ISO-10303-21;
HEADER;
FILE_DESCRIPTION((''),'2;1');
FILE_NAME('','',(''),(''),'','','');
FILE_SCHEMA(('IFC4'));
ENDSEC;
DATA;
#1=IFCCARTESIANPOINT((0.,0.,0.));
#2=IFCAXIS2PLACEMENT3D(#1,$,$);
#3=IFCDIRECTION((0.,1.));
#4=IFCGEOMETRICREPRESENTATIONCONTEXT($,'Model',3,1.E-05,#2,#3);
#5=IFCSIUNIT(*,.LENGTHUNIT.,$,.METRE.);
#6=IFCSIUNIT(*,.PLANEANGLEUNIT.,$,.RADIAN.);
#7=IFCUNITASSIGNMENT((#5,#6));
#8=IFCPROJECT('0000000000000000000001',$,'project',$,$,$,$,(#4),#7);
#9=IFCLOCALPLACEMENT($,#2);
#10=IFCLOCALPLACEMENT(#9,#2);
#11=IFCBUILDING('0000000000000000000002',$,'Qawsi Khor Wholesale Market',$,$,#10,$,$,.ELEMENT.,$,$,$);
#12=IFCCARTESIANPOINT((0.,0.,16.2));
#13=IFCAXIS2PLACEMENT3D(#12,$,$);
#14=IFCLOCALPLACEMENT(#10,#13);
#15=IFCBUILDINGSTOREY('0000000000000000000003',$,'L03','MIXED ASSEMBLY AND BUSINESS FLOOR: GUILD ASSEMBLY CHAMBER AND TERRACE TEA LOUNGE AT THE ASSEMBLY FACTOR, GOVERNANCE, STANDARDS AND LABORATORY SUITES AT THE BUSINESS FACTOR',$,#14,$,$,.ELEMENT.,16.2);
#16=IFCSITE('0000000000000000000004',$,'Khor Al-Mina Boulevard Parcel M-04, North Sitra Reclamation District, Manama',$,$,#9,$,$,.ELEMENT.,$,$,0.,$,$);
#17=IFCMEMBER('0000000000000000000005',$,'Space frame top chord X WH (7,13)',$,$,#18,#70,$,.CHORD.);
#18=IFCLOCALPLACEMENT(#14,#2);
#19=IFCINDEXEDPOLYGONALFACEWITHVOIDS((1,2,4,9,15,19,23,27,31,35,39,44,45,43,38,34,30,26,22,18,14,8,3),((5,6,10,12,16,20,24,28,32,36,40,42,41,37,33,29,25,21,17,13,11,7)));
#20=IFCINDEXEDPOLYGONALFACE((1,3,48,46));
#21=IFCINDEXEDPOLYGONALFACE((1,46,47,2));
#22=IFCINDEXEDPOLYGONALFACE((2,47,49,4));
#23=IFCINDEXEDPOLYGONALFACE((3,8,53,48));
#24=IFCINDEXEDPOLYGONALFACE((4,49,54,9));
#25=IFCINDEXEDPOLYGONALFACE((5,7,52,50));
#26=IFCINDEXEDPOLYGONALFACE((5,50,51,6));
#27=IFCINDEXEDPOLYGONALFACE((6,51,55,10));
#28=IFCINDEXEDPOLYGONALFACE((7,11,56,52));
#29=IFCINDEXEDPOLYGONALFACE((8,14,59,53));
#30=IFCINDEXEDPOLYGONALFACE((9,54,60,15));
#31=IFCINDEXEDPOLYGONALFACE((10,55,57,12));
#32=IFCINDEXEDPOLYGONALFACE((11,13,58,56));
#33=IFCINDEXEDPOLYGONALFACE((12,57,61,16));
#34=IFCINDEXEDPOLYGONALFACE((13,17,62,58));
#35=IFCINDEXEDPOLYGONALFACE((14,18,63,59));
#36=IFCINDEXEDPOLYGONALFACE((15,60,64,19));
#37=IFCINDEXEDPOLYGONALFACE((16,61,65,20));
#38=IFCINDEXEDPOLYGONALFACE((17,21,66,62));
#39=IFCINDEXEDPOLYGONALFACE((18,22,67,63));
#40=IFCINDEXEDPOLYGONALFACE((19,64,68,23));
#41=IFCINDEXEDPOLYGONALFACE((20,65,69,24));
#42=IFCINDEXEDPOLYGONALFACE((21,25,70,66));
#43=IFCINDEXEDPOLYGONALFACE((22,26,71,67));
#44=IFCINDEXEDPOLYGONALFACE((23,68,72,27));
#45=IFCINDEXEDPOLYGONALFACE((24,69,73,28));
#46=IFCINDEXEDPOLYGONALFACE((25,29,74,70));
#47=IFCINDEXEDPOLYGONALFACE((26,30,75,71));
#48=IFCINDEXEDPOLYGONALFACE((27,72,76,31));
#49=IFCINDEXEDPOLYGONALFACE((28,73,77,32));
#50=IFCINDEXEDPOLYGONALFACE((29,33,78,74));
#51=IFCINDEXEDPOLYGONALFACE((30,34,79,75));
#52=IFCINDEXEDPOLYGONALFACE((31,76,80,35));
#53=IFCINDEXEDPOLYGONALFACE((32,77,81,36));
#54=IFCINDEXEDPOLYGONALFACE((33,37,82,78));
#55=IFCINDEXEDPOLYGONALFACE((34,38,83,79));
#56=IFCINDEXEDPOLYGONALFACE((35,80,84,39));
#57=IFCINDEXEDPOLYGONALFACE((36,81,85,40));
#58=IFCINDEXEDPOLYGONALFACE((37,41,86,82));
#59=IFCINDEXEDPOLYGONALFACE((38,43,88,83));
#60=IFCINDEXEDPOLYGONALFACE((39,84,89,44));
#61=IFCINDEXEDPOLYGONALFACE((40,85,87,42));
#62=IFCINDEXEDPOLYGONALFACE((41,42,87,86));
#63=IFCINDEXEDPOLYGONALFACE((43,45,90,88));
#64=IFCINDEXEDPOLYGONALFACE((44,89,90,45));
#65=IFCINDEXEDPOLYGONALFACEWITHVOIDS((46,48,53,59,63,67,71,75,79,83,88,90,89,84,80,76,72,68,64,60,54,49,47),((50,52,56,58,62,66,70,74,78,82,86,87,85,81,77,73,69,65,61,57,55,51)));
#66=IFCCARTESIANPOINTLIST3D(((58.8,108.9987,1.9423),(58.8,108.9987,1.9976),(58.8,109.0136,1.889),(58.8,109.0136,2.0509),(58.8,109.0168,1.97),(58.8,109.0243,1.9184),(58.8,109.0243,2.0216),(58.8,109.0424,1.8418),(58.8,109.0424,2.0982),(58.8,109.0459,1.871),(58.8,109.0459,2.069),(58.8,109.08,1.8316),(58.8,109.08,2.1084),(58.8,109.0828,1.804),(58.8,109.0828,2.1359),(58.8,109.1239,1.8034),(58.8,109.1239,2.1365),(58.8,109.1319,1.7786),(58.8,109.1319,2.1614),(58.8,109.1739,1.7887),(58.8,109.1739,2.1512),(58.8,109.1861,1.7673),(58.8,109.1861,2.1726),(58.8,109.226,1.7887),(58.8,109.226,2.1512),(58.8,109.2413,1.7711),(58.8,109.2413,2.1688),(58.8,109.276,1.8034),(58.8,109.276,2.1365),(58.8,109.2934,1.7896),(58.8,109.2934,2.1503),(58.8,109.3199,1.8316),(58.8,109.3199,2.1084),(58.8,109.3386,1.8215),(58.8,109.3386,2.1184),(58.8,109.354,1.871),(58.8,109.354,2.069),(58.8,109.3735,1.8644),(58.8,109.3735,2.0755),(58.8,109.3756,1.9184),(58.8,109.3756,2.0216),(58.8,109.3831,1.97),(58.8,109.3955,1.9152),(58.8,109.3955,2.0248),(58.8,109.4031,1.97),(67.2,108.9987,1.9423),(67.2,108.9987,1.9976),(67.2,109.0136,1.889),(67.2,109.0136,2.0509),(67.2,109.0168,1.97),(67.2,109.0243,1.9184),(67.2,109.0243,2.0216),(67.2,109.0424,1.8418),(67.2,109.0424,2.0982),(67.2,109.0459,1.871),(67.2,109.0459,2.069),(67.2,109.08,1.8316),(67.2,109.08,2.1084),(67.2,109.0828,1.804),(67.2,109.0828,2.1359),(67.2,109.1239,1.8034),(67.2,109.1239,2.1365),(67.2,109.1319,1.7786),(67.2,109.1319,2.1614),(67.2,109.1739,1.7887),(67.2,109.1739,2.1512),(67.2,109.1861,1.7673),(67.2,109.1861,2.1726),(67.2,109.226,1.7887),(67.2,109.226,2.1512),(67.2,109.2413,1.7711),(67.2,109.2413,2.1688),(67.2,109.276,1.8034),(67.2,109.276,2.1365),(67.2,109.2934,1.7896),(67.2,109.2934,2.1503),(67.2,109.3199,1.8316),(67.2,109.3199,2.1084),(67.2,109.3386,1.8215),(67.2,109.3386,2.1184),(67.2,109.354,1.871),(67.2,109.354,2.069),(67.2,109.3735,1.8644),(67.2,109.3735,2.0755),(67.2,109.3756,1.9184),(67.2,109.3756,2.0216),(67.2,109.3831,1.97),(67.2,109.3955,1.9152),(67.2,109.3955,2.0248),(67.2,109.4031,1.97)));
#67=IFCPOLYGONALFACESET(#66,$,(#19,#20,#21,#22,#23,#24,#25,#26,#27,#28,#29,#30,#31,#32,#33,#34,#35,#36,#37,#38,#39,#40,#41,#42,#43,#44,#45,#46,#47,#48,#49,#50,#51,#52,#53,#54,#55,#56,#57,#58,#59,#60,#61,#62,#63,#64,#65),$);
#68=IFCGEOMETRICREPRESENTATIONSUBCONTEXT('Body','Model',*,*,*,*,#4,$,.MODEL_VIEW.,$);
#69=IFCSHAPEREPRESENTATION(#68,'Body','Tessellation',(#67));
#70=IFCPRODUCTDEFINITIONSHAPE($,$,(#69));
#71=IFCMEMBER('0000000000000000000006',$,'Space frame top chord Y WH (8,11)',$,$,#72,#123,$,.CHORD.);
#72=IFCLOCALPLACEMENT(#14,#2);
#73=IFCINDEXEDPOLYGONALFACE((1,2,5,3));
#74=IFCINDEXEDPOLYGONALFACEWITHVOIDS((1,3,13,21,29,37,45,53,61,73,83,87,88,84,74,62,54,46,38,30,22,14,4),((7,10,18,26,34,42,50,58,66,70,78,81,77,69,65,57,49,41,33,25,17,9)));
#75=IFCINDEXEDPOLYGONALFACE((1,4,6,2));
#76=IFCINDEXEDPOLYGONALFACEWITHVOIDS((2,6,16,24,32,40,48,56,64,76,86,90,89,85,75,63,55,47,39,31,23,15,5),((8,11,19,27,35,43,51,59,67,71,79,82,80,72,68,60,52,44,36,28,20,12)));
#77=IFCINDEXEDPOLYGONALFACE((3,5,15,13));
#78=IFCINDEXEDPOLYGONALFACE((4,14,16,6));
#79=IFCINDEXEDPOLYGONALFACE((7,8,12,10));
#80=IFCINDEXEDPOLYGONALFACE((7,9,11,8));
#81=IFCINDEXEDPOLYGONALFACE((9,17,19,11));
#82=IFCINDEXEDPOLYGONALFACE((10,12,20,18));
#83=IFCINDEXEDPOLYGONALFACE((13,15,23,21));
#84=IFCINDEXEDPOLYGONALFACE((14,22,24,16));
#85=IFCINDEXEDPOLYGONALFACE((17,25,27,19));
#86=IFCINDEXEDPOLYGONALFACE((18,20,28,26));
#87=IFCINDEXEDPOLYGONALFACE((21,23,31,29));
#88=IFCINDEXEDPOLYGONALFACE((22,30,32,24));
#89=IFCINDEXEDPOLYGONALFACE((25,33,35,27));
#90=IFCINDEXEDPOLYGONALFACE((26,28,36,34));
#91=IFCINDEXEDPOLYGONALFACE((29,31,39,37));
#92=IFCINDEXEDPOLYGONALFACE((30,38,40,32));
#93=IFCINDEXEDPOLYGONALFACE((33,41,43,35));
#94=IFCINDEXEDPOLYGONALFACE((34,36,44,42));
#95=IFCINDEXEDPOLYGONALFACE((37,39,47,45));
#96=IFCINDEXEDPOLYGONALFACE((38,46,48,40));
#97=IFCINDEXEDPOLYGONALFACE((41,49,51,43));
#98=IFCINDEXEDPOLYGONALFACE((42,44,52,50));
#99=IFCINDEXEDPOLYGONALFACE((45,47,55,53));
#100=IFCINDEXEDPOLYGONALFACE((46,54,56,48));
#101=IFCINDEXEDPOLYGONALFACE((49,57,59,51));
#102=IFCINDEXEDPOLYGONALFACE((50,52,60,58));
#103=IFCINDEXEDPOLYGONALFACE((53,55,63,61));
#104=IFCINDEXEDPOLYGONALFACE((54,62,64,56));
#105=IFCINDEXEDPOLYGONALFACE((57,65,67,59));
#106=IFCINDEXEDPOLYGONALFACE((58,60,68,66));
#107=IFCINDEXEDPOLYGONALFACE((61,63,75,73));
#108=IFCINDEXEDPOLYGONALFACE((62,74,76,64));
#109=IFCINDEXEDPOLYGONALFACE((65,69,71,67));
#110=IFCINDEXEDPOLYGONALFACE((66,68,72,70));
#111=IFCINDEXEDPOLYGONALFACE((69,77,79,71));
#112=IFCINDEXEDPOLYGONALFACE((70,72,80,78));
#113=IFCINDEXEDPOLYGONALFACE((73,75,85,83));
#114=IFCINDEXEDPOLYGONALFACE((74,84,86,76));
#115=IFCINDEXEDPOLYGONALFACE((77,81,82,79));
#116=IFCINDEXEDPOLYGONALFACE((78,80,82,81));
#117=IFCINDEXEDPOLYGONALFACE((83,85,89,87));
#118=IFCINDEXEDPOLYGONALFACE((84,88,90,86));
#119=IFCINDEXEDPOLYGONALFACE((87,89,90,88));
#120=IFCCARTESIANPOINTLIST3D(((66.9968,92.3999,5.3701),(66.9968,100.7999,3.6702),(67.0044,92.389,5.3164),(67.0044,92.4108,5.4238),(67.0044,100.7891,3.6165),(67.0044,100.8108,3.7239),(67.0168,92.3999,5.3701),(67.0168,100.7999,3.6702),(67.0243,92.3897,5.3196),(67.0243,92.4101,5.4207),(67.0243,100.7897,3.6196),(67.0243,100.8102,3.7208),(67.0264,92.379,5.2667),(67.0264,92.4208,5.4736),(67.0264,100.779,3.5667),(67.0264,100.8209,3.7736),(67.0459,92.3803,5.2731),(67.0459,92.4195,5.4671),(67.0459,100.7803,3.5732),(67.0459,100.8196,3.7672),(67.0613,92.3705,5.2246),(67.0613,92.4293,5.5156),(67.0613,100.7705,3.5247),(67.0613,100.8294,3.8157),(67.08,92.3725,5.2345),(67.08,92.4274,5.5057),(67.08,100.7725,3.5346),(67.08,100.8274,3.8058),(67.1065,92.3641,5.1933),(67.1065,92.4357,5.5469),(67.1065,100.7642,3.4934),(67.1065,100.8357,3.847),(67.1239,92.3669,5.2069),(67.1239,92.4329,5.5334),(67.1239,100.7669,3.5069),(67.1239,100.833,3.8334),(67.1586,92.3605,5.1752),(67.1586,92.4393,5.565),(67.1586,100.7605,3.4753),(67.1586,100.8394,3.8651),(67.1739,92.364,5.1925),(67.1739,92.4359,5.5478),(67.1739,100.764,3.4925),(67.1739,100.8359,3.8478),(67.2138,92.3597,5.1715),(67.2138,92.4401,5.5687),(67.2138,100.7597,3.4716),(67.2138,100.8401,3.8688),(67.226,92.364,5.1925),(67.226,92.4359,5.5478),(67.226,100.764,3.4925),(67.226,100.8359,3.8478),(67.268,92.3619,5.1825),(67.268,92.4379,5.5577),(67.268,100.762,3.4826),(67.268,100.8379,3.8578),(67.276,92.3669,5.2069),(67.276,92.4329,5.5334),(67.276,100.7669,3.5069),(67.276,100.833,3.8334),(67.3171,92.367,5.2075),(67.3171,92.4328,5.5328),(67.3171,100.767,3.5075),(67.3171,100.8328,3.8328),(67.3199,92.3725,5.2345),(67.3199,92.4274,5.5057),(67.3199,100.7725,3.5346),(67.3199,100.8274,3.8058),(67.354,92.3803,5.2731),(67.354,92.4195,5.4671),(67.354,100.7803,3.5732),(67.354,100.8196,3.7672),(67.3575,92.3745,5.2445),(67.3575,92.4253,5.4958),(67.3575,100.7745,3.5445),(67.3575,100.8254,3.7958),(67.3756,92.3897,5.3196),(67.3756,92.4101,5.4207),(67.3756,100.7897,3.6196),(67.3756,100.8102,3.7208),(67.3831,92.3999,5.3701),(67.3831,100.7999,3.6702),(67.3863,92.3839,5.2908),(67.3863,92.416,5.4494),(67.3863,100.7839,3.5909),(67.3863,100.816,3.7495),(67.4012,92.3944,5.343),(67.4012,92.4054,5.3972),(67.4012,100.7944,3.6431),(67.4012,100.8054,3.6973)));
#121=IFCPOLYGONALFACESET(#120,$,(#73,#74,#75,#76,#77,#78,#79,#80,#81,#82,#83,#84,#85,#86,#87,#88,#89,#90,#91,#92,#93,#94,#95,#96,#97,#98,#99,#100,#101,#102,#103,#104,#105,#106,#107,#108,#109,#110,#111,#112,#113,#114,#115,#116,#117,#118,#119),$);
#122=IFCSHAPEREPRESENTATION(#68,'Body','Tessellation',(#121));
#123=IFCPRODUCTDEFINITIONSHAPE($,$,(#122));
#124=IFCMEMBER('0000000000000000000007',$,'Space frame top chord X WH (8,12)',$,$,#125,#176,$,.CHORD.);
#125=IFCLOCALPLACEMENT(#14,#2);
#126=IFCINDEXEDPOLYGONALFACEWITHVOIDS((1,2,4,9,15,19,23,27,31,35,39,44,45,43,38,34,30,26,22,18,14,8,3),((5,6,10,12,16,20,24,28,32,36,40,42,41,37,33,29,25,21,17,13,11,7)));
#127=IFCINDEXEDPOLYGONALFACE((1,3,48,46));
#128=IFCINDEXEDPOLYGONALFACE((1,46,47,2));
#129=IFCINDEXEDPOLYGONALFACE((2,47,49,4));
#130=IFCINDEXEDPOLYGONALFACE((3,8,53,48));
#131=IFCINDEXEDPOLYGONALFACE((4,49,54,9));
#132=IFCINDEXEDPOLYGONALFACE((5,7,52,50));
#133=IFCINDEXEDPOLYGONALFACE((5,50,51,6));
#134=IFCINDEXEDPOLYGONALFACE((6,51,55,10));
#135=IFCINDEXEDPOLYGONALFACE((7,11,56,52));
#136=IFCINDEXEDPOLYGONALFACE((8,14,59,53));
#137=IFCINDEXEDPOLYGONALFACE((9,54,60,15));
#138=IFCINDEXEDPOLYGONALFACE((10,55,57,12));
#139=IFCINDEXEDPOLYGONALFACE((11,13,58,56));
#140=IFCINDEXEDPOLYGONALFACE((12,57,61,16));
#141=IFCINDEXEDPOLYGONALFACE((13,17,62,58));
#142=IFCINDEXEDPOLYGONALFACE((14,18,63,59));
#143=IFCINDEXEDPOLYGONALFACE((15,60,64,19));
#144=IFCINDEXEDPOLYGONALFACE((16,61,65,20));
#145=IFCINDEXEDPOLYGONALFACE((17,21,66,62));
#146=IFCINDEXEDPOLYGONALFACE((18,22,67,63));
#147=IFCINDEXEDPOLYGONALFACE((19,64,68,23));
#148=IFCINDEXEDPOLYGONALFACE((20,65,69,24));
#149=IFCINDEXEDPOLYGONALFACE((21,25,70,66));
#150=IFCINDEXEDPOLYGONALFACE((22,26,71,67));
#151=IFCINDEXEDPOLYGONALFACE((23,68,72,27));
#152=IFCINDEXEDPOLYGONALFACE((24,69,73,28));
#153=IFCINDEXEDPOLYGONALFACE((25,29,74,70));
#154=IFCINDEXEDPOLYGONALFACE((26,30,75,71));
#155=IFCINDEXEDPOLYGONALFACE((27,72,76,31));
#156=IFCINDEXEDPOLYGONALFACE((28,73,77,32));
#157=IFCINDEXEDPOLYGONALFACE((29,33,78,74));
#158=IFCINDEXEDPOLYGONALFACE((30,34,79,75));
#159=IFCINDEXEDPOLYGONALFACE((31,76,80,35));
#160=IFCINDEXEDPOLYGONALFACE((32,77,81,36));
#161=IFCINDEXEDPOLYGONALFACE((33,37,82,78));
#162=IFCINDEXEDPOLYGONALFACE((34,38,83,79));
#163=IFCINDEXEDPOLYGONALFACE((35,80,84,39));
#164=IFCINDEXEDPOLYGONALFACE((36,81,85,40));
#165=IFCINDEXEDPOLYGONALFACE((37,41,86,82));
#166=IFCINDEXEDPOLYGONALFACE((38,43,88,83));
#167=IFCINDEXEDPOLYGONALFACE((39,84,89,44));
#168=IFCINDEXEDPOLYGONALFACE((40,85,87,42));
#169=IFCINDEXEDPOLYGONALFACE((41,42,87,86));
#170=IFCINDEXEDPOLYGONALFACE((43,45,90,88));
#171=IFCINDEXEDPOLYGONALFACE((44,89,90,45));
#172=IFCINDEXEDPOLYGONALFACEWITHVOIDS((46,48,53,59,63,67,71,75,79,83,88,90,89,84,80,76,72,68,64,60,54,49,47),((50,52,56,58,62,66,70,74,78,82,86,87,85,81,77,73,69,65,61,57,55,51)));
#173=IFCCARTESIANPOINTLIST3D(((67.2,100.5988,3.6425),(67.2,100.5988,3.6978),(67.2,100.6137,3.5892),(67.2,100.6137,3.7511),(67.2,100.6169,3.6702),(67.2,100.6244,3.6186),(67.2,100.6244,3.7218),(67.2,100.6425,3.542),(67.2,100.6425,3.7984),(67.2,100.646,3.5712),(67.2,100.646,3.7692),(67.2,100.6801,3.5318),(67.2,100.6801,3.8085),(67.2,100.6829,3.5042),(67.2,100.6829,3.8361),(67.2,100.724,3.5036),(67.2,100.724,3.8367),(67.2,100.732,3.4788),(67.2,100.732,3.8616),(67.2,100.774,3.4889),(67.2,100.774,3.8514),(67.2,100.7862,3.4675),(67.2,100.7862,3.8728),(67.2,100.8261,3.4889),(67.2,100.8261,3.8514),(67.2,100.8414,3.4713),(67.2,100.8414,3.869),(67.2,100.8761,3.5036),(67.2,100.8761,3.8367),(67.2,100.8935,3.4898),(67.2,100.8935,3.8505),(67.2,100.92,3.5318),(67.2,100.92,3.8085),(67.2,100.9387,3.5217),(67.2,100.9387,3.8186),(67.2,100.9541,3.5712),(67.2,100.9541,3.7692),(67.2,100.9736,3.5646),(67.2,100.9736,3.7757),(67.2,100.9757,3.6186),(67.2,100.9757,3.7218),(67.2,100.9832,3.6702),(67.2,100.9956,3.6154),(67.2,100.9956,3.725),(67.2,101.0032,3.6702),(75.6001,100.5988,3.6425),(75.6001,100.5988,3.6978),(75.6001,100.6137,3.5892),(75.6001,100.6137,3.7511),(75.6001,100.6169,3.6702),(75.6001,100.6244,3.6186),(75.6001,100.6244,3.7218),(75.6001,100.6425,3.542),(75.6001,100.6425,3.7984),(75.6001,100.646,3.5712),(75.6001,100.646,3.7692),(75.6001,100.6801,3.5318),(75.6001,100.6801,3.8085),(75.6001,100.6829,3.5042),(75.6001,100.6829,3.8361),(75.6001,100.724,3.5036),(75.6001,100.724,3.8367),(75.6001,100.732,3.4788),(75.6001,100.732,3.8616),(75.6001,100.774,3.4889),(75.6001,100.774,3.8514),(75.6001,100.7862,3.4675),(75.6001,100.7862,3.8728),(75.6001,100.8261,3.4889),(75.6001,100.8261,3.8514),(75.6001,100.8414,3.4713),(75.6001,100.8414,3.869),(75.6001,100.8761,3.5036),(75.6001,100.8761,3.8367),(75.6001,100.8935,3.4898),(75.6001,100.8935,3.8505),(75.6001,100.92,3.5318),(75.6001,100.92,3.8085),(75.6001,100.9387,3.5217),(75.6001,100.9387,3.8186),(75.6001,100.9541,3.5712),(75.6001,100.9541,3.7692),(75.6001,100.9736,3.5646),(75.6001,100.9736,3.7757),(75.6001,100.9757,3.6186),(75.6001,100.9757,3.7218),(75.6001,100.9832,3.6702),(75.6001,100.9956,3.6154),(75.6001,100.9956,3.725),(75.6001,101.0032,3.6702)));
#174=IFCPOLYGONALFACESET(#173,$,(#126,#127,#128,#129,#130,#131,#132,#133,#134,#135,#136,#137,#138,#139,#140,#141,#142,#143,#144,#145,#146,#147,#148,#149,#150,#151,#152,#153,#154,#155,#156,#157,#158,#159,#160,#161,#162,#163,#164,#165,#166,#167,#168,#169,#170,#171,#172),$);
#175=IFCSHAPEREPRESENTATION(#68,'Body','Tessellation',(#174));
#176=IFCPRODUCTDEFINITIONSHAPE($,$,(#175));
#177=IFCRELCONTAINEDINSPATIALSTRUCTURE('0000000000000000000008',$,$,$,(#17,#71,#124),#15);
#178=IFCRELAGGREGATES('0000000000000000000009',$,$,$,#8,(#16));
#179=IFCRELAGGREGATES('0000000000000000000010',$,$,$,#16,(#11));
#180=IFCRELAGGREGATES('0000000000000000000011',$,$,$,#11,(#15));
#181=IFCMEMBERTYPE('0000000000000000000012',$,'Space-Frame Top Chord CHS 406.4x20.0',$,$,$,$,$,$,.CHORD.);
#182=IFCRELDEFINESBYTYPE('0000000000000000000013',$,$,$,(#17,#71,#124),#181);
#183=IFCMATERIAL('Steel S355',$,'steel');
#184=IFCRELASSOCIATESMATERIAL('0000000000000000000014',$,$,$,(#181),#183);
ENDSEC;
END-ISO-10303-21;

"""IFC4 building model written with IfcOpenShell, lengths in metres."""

from ifc_helpers import new_model, si_unit, direction, frame, origin, origin_2d, place, context, subcontext, project, spatial, hollow_circle, extrude, material, material_profile, profile_set, type_object, element, save


model = new_model("IFC4")

# Units and contexts
model_context = context("Model", 3, precision=1e-05, world=origin(), true_north=direction((0.0, 1.0)))
body_context = subcontext(model_context, "Body", "Model", "MODEL_VIEW")
ifc_project = project(units=[si_unit("LENGTHUNIT", "METRE"), si_unit("PLANEANGLEUNIT", "RADIAN")], contexts=[model_context])

# Site, building, storey
site_placement = place(None, origin())
site = spatial("IfcSite", under=ifc_project, at=site_placement, Name="Khor Al-Mina Boulevard Parcel M-04, North Sitra Reclamation District, Manama", CompositionType="ELEMENT", RefElevation=0.0)
building_placement = place(site_placement, origin())
building = spatial("IfcBuilding", under=site, at=building_placement, Name="Qawsi Khor Wholesale Market", CompositionType="ELEMENT")
storey_placement = place(building_placement, frame((0.0, 0.0, 16.2)))
storey = spatial("IfcBuildingStorey", under=building, at=storey_placement, Name="L03", Description="MIXED ASSEMBLY AND BUSINESS FLOOR: GUILD ASSEMBLY CHAMBER AND TERRACE TEA LOUNGE AT THE ASSEMBLY FACTOR, GOVERNANCE, STANDARDS AND LABORATORY SUITES AT THE BUSINESS FACTOR", CompositionType="ELEMENT", Elevation=16.2)

# Members
ifc_material_1 = material(Name="Steel S355", Category="steel")
ifc_material_profile_1 = material_profile(ifc_material_1, hollow_circle(Radius=0.2031, WallThickness=0.02, at=origin_2d()), Name="CHS 406.4x20.0")
ifc_profile_set_1 = profile_set([ifc_material_profile_1], Name="Steel S355")
member_type_1 = type_object("IfcMemberType", Name="Space-Frame Top Chord CHS 406.4x20.0", PredefinedType="CHORD", material=ifc_profile_set_1)
member_1_placement = place(storey_placement, frame((58.8, 109.2, 1.97), z_axis=(1.0, 0.0, 0.0), x_axis=(0.0, 1.0, 0.0)))
element("IfcMember", 1, at=member_1_placement, inside=storey, type_object=member_type_1, Name="Space frame top chord X WH (7,13)", PredefinedType="CHORD", context=body_context, shape_type="SweptSolid", body=[
    extrude(hollow_circle(Radius=0.2031, WallThickness=0.02, at=origin_2d()), origin(), (0.0, 0.0, 1.0), 8.3999),
])
member_2_placement = place(storey_placement, frame((67.2, 92.3999, 5.3701), z_axis=(0.0, 0.980131, -0.198351), x_axis=(-1.0, 0.0, 0.0)))
element("IfcMember", 2, at=member_2_placement, inside=storey, type_object=member_type_1, Name="Space frame top chord Y WH (8,11)", PredefinedType="CHORD", context=body_context, shape_type="SweptSolid", body=[
    extrude(hollow_circle(Radius=0.2031, WallThickness=0.02, at=origin_2d()), origin(), (0.0, 0.0, 1.0), 8.5703),
])
member_3_placement = place(storey_placement, frame((67.2, 100.8, 3.6702), z_axis=(1.0, 0.0, 0.0), x_axis=(0.0, 1.0, 0.0)))
element("IfcMember", 3, at=member_3_placement, inside=storey, type_object=member_type_1, Name="Space frame top chord X WH (8,12)", PredefinedType="CHORD", context=body_context, shape_type="SweptSolid", body=[
    extrude(hollow_circle(Radius=0.2031, WallThickness=0.02, at=origin_2d()), origin(), (0.0, 0.0, 1.0), 8.4001),
])

save(model, "model.ifc")
